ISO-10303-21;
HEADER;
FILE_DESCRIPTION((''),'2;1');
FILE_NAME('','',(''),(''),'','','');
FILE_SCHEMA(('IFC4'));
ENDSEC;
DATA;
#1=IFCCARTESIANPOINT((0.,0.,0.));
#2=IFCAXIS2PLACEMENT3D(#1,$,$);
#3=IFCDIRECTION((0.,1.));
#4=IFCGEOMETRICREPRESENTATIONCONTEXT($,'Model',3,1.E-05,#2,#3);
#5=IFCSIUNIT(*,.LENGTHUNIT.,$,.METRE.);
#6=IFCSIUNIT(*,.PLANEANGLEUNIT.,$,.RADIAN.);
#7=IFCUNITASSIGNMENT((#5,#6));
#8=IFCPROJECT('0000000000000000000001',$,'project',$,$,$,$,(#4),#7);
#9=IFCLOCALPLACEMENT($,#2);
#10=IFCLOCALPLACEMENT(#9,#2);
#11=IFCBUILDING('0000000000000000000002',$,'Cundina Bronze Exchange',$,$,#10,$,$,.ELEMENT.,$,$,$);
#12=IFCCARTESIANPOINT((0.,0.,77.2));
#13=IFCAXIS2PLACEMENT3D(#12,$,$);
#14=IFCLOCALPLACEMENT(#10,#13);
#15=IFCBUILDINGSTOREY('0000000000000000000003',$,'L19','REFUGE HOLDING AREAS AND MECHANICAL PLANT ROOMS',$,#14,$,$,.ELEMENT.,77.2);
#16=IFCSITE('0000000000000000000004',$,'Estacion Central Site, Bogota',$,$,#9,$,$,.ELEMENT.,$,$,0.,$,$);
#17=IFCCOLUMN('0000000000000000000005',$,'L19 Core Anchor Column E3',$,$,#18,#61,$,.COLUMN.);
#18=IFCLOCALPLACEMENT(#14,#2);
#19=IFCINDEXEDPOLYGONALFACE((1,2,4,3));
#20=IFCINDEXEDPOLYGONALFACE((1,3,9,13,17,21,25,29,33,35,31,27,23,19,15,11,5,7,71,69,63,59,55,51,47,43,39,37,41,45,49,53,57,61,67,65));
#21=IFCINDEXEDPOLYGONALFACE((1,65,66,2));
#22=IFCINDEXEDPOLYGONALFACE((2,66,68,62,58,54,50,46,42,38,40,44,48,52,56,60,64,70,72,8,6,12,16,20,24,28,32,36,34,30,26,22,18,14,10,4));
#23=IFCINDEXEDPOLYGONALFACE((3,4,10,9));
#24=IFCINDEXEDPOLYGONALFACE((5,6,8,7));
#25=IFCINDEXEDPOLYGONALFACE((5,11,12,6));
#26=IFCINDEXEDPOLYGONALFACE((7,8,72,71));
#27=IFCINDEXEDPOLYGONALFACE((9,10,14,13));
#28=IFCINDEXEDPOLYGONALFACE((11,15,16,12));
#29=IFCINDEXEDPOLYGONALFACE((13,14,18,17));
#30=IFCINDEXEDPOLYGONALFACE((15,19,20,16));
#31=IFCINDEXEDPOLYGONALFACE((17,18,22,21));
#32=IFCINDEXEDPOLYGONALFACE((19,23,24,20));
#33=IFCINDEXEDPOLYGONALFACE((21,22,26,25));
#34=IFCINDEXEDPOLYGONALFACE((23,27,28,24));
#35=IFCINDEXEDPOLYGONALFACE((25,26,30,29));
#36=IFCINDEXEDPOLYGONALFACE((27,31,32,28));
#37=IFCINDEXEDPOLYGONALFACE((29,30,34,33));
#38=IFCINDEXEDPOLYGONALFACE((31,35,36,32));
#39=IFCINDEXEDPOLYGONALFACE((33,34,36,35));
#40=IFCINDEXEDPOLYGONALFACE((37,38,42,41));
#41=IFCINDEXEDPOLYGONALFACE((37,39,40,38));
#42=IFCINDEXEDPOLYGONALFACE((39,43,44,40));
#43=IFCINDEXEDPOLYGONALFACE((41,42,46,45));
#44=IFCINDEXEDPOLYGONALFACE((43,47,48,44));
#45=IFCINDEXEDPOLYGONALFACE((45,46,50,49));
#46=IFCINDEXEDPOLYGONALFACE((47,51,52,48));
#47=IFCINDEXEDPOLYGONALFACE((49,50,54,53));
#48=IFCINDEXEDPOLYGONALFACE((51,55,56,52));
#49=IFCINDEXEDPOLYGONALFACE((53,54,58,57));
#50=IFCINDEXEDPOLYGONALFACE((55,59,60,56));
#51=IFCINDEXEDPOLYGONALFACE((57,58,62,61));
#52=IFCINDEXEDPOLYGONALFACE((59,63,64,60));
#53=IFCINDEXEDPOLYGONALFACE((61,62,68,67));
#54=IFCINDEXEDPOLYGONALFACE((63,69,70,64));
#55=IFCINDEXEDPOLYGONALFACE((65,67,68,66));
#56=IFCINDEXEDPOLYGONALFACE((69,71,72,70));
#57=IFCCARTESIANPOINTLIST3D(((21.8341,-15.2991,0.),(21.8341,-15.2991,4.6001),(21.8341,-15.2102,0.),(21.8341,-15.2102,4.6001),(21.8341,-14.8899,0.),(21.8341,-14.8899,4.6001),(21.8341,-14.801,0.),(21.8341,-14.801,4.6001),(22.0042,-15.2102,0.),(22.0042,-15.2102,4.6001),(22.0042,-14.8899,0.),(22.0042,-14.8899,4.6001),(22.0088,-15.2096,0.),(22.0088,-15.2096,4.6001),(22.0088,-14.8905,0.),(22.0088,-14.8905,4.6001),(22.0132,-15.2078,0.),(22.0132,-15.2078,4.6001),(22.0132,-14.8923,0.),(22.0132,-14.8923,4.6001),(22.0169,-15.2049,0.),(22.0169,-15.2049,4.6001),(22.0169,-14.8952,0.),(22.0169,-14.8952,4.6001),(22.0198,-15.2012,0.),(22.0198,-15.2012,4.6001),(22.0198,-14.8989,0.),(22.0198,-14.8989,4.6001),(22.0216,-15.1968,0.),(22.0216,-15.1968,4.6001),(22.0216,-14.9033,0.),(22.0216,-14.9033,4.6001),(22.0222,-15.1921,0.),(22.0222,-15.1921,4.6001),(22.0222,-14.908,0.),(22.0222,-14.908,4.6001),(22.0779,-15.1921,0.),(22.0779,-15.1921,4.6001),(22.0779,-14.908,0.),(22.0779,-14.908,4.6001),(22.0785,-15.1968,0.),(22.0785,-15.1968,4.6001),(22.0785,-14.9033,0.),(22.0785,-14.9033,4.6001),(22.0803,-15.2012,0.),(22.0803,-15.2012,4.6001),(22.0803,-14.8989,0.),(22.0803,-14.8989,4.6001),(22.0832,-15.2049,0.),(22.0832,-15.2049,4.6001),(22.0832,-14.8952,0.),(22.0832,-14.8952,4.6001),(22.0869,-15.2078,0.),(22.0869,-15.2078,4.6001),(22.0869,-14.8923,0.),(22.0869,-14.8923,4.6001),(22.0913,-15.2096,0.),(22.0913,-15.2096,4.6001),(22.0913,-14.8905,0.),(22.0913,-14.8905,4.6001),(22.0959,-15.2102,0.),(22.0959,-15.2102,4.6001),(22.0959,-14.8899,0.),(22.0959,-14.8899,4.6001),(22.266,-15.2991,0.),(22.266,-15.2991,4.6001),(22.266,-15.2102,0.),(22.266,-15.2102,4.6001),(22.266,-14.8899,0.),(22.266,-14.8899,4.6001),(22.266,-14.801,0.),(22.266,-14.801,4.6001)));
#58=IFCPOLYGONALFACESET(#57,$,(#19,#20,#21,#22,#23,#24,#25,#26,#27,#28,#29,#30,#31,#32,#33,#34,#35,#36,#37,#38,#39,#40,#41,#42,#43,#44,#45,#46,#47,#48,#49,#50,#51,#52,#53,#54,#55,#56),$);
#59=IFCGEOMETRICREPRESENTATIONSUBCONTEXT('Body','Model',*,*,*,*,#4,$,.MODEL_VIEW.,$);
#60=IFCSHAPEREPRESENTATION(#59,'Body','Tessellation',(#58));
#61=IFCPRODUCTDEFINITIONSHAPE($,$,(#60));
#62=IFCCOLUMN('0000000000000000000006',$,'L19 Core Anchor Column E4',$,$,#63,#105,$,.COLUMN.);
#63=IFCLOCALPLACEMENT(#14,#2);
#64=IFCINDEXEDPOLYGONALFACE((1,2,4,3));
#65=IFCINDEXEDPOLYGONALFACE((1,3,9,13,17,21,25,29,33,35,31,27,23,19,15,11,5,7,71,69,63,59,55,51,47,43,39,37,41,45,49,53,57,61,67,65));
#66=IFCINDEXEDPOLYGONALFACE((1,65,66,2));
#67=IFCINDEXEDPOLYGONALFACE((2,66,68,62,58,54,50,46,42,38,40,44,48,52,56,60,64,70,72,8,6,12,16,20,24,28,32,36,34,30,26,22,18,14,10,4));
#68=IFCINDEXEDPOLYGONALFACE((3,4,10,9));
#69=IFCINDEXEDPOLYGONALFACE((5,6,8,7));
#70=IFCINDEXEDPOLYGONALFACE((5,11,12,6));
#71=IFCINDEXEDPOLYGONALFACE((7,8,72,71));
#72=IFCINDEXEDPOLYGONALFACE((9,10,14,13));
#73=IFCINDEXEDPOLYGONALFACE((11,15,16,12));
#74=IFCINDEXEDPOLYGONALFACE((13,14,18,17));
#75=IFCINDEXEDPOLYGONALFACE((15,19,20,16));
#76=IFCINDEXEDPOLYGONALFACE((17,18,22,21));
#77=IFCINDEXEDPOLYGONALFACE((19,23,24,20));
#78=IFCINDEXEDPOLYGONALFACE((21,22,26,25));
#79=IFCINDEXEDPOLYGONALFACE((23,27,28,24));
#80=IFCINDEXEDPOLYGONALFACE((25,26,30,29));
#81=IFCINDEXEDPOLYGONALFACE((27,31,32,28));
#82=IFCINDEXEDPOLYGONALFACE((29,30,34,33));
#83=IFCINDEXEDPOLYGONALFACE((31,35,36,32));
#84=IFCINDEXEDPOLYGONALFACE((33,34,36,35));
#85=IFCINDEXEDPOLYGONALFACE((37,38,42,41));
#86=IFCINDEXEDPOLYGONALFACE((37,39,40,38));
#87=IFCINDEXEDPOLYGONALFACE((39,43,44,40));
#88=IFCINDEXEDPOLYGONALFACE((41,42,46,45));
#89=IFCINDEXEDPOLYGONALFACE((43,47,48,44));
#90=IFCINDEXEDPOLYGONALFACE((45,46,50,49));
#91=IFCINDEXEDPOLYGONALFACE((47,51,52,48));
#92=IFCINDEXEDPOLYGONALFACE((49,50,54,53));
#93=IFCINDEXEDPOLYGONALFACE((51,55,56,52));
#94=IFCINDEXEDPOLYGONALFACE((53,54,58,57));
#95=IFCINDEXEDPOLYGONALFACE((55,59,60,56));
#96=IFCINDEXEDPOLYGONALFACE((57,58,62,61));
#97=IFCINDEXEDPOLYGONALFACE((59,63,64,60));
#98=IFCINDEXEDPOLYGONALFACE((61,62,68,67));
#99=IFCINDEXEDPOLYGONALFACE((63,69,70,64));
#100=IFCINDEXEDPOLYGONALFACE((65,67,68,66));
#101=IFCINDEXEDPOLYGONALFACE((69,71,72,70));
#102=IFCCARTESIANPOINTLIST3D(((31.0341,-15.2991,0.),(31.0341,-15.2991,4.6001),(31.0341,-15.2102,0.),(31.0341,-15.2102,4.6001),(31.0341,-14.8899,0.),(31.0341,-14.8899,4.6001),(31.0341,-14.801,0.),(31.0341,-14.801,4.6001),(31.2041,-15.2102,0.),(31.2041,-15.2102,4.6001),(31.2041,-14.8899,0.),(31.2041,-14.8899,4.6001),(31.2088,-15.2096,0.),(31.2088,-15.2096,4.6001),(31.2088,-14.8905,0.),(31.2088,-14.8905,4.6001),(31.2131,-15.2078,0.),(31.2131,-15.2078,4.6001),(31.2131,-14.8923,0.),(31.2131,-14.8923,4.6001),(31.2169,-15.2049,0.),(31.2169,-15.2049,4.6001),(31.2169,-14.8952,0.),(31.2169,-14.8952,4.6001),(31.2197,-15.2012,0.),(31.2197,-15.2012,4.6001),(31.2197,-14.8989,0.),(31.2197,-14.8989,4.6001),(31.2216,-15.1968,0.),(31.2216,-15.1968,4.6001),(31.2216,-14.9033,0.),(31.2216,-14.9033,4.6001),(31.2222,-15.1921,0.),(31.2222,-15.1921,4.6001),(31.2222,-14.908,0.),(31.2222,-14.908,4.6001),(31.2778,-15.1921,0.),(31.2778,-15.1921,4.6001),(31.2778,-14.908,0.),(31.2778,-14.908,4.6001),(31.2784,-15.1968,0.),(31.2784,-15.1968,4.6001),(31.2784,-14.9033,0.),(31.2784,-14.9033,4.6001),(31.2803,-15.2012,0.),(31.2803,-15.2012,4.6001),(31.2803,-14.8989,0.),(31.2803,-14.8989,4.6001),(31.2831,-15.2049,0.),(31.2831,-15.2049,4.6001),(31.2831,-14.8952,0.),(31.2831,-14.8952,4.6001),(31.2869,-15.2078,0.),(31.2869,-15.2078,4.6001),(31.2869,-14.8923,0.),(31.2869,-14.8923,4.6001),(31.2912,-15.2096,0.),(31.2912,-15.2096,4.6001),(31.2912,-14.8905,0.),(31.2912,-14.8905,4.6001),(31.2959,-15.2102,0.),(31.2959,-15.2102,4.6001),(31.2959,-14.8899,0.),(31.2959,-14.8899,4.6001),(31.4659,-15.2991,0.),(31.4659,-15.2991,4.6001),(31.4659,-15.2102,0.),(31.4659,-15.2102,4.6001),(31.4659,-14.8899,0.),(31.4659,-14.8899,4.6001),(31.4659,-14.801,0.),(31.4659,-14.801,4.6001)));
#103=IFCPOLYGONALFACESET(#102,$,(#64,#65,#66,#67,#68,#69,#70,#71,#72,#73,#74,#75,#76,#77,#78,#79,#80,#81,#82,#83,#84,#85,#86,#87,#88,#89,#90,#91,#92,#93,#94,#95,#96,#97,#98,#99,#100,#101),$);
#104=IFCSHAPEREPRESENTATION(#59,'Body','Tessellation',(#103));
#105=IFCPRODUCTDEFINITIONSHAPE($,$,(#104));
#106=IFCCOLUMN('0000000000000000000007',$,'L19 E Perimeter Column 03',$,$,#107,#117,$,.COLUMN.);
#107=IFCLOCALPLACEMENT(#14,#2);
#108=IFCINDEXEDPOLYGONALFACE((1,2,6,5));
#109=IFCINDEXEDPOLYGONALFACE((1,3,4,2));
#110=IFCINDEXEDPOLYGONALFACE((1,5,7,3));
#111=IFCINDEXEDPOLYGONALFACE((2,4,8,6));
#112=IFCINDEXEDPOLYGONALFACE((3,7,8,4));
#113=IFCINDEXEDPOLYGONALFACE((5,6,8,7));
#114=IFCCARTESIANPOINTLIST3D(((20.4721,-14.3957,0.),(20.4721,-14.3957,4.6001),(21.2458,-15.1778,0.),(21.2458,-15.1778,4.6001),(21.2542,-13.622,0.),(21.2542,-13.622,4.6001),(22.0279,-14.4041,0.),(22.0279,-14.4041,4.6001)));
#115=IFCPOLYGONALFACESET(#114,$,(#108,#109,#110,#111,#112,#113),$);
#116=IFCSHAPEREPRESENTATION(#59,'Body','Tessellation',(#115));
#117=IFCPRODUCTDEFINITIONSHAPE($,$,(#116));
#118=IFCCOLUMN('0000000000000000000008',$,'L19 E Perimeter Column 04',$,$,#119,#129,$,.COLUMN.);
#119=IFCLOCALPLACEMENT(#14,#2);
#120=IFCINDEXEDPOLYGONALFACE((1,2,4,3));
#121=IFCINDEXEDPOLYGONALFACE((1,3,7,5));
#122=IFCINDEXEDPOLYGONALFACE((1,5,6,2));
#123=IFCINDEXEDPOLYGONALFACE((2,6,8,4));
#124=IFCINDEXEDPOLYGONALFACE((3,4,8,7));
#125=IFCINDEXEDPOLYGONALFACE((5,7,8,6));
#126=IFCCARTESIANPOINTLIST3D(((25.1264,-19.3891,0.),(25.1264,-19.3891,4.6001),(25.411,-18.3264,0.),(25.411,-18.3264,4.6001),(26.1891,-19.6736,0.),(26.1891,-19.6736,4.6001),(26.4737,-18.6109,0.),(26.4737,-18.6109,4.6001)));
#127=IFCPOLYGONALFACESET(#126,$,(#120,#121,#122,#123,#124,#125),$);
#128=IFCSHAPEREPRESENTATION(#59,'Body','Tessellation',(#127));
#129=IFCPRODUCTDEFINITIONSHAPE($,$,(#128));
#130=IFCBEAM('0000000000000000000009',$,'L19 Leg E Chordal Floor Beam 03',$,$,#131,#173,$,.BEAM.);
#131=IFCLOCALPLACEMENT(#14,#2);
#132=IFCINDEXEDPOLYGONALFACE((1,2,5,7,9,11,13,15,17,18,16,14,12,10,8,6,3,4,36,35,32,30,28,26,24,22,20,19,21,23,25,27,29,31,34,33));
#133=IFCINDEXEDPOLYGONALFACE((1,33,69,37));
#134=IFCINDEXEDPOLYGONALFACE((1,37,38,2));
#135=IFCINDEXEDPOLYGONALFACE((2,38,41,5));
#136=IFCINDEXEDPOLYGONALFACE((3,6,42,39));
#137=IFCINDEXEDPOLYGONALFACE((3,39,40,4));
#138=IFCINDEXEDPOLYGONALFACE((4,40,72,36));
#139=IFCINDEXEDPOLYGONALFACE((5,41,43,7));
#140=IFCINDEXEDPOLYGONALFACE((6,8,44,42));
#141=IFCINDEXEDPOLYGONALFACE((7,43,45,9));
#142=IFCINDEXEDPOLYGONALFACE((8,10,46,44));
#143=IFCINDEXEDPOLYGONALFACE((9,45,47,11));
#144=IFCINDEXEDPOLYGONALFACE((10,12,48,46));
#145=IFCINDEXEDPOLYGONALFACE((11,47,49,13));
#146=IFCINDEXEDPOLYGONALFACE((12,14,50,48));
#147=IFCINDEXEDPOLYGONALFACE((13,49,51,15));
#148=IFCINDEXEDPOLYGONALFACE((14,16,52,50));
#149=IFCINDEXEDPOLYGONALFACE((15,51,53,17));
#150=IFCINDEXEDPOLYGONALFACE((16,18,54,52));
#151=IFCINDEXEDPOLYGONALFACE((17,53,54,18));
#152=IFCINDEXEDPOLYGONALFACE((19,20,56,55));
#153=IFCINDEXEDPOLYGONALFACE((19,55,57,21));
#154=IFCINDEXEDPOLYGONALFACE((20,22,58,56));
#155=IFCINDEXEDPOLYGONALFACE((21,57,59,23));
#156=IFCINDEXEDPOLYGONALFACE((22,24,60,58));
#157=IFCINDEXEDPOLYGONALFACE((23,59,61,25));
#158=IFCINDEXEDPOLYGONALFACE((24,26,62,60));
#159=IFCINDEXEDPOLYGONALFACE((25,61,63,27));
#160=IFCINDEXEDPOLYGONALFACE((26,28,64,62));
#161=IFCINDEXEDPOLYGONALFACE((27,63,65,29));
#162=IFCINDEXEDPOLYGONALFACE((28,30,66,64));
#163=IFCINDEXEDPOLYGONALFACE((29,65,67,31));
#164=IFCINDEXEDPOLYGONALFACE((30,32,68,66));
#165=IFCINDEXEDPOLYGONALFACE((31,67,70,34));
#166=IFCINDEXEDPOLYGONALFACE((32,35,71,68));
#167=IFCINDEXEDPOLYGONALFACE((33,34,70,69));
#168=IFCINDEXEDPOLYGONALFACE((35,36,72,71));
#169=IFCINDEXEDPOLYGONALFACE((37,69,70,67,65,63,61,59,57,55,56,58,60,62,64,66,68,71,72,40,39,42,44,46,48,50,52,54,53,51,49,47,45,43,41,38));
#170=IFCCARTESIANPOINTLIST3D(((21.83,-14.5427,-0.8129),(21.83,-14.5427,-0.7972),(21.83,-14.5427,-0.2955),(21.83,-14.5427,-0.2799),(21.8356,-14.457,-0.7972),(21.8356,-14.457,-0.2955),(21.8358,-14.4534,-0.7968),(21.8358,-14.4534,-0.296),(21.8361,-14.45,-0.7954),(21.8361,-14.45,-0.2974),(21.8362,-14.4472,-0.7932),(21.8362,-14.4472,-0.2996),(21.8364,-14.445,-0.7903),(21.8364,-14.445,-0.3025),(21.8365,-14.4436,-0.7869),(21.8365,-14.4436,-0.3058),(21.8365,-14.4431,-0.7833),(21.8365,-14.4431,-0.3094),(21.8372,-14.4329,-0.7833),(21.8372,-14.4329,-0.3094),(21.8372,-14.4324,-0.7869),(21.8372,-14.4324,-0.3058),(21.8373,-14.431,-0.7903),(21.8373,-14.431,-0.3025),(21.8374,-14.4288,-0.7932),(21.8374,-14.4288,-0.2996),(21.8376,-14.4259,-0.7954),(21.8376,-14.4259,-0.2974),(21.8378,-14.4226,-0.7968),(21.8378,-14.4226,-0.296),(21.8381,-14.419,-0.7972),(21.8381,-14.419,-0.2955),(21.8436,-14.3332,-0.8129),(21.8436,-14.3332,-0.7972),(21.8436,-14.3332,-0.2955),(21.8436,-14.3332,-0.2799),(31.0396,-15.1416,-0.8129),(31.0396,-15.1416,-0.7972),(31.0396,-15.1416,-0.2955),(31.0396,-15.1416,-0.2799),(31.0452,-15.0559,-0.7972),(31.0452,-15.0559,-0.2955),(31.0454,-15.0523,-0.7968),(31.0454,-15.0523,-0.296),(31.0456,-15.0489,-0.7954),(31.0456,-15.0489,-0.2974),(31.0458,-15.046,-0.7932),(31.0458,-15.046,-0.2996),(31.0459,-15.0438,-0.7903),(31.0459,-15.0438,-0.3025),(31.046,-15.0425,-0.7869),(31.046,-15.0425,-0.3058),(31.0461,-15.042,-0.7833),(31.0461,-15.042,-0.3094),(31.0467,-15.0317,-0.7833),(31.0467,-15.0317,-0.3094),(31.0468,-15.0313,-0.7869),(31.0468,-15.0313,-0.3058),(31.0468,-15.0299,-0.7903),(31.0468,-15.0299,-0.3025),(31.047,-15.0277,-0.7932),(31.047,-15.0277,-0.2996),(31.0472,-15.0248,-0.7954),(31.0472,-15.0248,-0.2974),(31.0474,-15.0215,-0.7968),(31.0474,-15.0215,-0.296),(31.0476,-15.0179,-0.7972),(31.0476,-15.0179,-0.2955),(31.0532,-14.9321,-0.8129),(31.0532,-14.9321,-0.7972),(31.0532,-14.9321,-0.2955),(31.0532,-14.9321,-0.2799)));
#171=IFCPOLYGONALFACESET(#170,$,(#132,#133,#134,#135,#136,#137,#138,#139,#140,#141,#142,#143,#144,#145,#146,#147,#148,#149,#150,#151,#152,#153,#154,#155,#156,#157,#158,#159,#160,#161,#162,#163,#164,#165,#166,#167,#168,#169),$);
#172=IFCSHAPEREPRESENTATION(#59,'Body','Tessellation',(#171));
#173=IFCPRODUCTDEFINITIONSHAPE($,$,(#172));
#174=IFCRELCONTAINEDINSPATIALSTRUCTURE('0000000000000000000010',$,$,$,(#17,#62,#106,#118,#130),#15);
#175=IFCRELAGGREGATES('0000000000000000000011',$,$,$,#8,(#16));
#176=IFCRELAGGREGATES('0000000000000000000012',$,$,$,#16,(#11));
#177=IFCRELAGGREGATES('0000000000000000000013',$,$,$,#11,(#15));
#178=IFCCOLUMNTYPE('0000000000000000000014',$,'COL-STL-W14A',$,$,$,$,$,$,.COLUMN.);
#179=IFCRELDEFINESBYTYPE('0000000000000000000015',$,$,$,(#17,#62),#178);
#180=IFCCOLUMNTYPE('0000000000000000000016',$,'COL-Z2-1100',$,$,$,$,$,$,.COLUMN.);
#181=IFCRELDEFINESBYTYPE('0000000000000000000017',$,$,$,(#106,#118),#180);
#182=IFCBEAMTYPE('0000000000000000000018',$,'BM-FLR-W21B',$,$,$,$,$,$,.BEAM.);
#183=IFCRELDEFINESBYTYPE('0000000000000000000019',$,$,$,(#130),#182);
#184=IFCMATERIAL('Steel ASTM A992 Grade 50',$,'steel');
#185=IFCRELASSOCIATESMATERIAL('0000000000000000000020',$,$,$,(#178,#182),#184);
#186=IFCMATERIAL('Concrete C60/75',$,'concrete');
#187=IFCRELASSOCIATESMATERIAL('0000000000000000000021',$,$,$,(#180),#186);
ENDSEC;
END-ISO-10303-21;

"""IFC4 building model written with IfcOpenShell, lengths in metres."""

from ifc_helpers import new_model, si_unit, direction, frame, origin, origin_2d, place, context, subcontext, project, spatial, rectangle, i_section, extrude, material, material_profile, profile_set, type_object, element, save


model = new_model("IFC4")

# Units and contexts
model_context = context("Model", 3, precision=1e-05, world=origin(), true_north=direction((0.0, 1.0)))
body_context = subcontext(model_context, "Body", "Model", "MODEL_VIEW")
ifc_project = project(units=[si_unit("LENGTHUNIT", "METRE"), si_unit("PLANEANGLEUNIT", "RADIAN")], contexts=[model_context])

# Site, building, storey
site_placement = place(None, origin())
site = spatial("IfcSite", under=ifc_project, at=site_placement, Name="Estacion Central Site, Bogota", CompositionType="ELEMENT", RefElevation=0.0)
building_placement = place(site_placement, origin())
building = spatial("IfcBuilding", under=site, at=building_placement, Name="Cundina Bronze Exchange", CompositionType="ELEMENT")
storey_placement = place(building_placement, frame((0.0, 0.0, 77.2)))
storey = spatial("IfcBuildingStorey", under=building, at=storey_placement, Name="L19", Description="REFUGE HOLDING AREAS AND MECHANICAL PLANT ROOMS", CompositionType="ELEMENT", Elevation=77.2)

# Columns
ifc_material_1 = material(Name="Steel ASTM A992 Grade 50", Category="steel")
ifc_material_profile_1 = material_profile(ifc_material_1, i_section(OverallWidth=0.4319, OverallDepth=0.498, WebThickness=0.0557, FlangeThickness=0.0889, FilletRadius=0.0181, at=origin_2d()), Name="W14X500", Category="steel")
ifc_profile_set_1 = profile_set([ifc_material_profile_1], Name="Steel ASTM A992 Grade 50")
column_type_1 = type_object("IfcColumnType", Name="COL-STL-W14A", PredefinedType="COLUMN", material=ifc_profile_set_1)
for number, where, z_axis, x_axis, name in (
    (1, (22.05, -15.05, 0.0), (0.0, 0.0, 1.0), (1.0, 0.0, 0.0), "L19 Core Anchor Column E3"),
    (2, (31.25, -15.05, 0.0), (0.0, 0.0, 1.0), (1.0, 0.0, 0.0), "L19 Core Anchor Column E4"),
):
    element("IfcColumn", number, at=place(storey_placement, frame(where, z_axis=z_axis, x_axis=x_axis)), inside=storey, type_object=column_type_1, Name=name, PredefinedType="COLUMN", context=body_context, shape_type="SweptSolid", body=[
        extrude(i_section(OverallWidth=0.4319, OverallDepth=0.498, WebThickness=0.0557, FlangeThickness=0.0889, FilletRadius=0.0181, at=origin_2d()), origin(), (0.0, 0.0, 1.0), 4.6001),
    ])
ifc_material_2 = material(Name="Concrete C60/75", Category="concrete")
ifc_material_profile_2 = material_profile(ifc_material_2, rectangle(XDim=1.1001, YDim=1.1001, at=origin_2d()), Name="RC1100X1100", Category="concrete")
ifc_profile_set_2 = profile_set([ifc_material_profile_2], Name="Concrete C60/75")
column_type_2 = type_object("IfcColumnType", Name="COL-Z2-1100", PredefinedType="COLUMN", material=ifc_profile_set_2)
for number, where, z_axis, x_axis, name in (
    (3, (21.25, -14.3999, 0.0), (0.0, 0.0, 1.0), (0.703271, -0.710922, 0.0), "L19 E Perimeter Column 03"),
    (4, (25.8, -19.0, 0.0), (0.0, 0.0, 1.0), (0.965971, -0.25865, 0.0), "L19 E Perimeter Column 04"),
):
    element("IfcColumn", number, at=place(storey_placement, frame(where, z_axis=z_axis, x_axis=x_axis)), inside=storey, type_object=column_type_2, Name=name, PredefinedType="COLUMN", context=body_context, shape_type="SweptSolid", body=[
        extrude(rectangle(XDim=1.1001, YDim=1.1001, at=origin_2d()), origin(), (0.0, 0.0, 1.0), 4.6001),
    ])

# Beam
ifc_material_profile_3 = material_profile(ifc_material_1, i_section(OverallWidth=0.21, OverallDepth=0.533, WebThickness=0.0103, FlangeThickness=0.0156, FilletRadius=0.0139, at=origin_2d()), Name="W21X62", Category="steel")
ifc_profile_set_3 = profile_set([ifc_material_profile_3], Name="Steel ASTM A992 Grade 50")
beam_type_1 = type_object("IfcBeamType", Name="BM-FLR-W21B", PredefinedType="BEAM", material=ifc_profile_set_3)
beam_1_placement = place(storey_placement, frame((31.0464, -15.0369, -0.5464), z_axis=(-0.997892, 0.064891, 0.0), x_axis=(-0.064891, -0.997892, 0.0)))
element("IfcBeam", 5, at=beam_1_placement, inside=storey, type_object=beam_type_1, Name="L19 Leg E Chordal Floor Beam 03", PredefinedType="BEAM", context=body_context, shape_type="SweptSolid", body=[
    extrude(i_section(OverallWidth=0.21, OverallDepth=0.533, WebThickness=0.0103, FlangeThickness=0.0156, FilletRadius=0.0139, at=origin_2d()), origin(), (0.0, 0.0, 1.0), 9.229),
])

save(model, "model.ifc")
